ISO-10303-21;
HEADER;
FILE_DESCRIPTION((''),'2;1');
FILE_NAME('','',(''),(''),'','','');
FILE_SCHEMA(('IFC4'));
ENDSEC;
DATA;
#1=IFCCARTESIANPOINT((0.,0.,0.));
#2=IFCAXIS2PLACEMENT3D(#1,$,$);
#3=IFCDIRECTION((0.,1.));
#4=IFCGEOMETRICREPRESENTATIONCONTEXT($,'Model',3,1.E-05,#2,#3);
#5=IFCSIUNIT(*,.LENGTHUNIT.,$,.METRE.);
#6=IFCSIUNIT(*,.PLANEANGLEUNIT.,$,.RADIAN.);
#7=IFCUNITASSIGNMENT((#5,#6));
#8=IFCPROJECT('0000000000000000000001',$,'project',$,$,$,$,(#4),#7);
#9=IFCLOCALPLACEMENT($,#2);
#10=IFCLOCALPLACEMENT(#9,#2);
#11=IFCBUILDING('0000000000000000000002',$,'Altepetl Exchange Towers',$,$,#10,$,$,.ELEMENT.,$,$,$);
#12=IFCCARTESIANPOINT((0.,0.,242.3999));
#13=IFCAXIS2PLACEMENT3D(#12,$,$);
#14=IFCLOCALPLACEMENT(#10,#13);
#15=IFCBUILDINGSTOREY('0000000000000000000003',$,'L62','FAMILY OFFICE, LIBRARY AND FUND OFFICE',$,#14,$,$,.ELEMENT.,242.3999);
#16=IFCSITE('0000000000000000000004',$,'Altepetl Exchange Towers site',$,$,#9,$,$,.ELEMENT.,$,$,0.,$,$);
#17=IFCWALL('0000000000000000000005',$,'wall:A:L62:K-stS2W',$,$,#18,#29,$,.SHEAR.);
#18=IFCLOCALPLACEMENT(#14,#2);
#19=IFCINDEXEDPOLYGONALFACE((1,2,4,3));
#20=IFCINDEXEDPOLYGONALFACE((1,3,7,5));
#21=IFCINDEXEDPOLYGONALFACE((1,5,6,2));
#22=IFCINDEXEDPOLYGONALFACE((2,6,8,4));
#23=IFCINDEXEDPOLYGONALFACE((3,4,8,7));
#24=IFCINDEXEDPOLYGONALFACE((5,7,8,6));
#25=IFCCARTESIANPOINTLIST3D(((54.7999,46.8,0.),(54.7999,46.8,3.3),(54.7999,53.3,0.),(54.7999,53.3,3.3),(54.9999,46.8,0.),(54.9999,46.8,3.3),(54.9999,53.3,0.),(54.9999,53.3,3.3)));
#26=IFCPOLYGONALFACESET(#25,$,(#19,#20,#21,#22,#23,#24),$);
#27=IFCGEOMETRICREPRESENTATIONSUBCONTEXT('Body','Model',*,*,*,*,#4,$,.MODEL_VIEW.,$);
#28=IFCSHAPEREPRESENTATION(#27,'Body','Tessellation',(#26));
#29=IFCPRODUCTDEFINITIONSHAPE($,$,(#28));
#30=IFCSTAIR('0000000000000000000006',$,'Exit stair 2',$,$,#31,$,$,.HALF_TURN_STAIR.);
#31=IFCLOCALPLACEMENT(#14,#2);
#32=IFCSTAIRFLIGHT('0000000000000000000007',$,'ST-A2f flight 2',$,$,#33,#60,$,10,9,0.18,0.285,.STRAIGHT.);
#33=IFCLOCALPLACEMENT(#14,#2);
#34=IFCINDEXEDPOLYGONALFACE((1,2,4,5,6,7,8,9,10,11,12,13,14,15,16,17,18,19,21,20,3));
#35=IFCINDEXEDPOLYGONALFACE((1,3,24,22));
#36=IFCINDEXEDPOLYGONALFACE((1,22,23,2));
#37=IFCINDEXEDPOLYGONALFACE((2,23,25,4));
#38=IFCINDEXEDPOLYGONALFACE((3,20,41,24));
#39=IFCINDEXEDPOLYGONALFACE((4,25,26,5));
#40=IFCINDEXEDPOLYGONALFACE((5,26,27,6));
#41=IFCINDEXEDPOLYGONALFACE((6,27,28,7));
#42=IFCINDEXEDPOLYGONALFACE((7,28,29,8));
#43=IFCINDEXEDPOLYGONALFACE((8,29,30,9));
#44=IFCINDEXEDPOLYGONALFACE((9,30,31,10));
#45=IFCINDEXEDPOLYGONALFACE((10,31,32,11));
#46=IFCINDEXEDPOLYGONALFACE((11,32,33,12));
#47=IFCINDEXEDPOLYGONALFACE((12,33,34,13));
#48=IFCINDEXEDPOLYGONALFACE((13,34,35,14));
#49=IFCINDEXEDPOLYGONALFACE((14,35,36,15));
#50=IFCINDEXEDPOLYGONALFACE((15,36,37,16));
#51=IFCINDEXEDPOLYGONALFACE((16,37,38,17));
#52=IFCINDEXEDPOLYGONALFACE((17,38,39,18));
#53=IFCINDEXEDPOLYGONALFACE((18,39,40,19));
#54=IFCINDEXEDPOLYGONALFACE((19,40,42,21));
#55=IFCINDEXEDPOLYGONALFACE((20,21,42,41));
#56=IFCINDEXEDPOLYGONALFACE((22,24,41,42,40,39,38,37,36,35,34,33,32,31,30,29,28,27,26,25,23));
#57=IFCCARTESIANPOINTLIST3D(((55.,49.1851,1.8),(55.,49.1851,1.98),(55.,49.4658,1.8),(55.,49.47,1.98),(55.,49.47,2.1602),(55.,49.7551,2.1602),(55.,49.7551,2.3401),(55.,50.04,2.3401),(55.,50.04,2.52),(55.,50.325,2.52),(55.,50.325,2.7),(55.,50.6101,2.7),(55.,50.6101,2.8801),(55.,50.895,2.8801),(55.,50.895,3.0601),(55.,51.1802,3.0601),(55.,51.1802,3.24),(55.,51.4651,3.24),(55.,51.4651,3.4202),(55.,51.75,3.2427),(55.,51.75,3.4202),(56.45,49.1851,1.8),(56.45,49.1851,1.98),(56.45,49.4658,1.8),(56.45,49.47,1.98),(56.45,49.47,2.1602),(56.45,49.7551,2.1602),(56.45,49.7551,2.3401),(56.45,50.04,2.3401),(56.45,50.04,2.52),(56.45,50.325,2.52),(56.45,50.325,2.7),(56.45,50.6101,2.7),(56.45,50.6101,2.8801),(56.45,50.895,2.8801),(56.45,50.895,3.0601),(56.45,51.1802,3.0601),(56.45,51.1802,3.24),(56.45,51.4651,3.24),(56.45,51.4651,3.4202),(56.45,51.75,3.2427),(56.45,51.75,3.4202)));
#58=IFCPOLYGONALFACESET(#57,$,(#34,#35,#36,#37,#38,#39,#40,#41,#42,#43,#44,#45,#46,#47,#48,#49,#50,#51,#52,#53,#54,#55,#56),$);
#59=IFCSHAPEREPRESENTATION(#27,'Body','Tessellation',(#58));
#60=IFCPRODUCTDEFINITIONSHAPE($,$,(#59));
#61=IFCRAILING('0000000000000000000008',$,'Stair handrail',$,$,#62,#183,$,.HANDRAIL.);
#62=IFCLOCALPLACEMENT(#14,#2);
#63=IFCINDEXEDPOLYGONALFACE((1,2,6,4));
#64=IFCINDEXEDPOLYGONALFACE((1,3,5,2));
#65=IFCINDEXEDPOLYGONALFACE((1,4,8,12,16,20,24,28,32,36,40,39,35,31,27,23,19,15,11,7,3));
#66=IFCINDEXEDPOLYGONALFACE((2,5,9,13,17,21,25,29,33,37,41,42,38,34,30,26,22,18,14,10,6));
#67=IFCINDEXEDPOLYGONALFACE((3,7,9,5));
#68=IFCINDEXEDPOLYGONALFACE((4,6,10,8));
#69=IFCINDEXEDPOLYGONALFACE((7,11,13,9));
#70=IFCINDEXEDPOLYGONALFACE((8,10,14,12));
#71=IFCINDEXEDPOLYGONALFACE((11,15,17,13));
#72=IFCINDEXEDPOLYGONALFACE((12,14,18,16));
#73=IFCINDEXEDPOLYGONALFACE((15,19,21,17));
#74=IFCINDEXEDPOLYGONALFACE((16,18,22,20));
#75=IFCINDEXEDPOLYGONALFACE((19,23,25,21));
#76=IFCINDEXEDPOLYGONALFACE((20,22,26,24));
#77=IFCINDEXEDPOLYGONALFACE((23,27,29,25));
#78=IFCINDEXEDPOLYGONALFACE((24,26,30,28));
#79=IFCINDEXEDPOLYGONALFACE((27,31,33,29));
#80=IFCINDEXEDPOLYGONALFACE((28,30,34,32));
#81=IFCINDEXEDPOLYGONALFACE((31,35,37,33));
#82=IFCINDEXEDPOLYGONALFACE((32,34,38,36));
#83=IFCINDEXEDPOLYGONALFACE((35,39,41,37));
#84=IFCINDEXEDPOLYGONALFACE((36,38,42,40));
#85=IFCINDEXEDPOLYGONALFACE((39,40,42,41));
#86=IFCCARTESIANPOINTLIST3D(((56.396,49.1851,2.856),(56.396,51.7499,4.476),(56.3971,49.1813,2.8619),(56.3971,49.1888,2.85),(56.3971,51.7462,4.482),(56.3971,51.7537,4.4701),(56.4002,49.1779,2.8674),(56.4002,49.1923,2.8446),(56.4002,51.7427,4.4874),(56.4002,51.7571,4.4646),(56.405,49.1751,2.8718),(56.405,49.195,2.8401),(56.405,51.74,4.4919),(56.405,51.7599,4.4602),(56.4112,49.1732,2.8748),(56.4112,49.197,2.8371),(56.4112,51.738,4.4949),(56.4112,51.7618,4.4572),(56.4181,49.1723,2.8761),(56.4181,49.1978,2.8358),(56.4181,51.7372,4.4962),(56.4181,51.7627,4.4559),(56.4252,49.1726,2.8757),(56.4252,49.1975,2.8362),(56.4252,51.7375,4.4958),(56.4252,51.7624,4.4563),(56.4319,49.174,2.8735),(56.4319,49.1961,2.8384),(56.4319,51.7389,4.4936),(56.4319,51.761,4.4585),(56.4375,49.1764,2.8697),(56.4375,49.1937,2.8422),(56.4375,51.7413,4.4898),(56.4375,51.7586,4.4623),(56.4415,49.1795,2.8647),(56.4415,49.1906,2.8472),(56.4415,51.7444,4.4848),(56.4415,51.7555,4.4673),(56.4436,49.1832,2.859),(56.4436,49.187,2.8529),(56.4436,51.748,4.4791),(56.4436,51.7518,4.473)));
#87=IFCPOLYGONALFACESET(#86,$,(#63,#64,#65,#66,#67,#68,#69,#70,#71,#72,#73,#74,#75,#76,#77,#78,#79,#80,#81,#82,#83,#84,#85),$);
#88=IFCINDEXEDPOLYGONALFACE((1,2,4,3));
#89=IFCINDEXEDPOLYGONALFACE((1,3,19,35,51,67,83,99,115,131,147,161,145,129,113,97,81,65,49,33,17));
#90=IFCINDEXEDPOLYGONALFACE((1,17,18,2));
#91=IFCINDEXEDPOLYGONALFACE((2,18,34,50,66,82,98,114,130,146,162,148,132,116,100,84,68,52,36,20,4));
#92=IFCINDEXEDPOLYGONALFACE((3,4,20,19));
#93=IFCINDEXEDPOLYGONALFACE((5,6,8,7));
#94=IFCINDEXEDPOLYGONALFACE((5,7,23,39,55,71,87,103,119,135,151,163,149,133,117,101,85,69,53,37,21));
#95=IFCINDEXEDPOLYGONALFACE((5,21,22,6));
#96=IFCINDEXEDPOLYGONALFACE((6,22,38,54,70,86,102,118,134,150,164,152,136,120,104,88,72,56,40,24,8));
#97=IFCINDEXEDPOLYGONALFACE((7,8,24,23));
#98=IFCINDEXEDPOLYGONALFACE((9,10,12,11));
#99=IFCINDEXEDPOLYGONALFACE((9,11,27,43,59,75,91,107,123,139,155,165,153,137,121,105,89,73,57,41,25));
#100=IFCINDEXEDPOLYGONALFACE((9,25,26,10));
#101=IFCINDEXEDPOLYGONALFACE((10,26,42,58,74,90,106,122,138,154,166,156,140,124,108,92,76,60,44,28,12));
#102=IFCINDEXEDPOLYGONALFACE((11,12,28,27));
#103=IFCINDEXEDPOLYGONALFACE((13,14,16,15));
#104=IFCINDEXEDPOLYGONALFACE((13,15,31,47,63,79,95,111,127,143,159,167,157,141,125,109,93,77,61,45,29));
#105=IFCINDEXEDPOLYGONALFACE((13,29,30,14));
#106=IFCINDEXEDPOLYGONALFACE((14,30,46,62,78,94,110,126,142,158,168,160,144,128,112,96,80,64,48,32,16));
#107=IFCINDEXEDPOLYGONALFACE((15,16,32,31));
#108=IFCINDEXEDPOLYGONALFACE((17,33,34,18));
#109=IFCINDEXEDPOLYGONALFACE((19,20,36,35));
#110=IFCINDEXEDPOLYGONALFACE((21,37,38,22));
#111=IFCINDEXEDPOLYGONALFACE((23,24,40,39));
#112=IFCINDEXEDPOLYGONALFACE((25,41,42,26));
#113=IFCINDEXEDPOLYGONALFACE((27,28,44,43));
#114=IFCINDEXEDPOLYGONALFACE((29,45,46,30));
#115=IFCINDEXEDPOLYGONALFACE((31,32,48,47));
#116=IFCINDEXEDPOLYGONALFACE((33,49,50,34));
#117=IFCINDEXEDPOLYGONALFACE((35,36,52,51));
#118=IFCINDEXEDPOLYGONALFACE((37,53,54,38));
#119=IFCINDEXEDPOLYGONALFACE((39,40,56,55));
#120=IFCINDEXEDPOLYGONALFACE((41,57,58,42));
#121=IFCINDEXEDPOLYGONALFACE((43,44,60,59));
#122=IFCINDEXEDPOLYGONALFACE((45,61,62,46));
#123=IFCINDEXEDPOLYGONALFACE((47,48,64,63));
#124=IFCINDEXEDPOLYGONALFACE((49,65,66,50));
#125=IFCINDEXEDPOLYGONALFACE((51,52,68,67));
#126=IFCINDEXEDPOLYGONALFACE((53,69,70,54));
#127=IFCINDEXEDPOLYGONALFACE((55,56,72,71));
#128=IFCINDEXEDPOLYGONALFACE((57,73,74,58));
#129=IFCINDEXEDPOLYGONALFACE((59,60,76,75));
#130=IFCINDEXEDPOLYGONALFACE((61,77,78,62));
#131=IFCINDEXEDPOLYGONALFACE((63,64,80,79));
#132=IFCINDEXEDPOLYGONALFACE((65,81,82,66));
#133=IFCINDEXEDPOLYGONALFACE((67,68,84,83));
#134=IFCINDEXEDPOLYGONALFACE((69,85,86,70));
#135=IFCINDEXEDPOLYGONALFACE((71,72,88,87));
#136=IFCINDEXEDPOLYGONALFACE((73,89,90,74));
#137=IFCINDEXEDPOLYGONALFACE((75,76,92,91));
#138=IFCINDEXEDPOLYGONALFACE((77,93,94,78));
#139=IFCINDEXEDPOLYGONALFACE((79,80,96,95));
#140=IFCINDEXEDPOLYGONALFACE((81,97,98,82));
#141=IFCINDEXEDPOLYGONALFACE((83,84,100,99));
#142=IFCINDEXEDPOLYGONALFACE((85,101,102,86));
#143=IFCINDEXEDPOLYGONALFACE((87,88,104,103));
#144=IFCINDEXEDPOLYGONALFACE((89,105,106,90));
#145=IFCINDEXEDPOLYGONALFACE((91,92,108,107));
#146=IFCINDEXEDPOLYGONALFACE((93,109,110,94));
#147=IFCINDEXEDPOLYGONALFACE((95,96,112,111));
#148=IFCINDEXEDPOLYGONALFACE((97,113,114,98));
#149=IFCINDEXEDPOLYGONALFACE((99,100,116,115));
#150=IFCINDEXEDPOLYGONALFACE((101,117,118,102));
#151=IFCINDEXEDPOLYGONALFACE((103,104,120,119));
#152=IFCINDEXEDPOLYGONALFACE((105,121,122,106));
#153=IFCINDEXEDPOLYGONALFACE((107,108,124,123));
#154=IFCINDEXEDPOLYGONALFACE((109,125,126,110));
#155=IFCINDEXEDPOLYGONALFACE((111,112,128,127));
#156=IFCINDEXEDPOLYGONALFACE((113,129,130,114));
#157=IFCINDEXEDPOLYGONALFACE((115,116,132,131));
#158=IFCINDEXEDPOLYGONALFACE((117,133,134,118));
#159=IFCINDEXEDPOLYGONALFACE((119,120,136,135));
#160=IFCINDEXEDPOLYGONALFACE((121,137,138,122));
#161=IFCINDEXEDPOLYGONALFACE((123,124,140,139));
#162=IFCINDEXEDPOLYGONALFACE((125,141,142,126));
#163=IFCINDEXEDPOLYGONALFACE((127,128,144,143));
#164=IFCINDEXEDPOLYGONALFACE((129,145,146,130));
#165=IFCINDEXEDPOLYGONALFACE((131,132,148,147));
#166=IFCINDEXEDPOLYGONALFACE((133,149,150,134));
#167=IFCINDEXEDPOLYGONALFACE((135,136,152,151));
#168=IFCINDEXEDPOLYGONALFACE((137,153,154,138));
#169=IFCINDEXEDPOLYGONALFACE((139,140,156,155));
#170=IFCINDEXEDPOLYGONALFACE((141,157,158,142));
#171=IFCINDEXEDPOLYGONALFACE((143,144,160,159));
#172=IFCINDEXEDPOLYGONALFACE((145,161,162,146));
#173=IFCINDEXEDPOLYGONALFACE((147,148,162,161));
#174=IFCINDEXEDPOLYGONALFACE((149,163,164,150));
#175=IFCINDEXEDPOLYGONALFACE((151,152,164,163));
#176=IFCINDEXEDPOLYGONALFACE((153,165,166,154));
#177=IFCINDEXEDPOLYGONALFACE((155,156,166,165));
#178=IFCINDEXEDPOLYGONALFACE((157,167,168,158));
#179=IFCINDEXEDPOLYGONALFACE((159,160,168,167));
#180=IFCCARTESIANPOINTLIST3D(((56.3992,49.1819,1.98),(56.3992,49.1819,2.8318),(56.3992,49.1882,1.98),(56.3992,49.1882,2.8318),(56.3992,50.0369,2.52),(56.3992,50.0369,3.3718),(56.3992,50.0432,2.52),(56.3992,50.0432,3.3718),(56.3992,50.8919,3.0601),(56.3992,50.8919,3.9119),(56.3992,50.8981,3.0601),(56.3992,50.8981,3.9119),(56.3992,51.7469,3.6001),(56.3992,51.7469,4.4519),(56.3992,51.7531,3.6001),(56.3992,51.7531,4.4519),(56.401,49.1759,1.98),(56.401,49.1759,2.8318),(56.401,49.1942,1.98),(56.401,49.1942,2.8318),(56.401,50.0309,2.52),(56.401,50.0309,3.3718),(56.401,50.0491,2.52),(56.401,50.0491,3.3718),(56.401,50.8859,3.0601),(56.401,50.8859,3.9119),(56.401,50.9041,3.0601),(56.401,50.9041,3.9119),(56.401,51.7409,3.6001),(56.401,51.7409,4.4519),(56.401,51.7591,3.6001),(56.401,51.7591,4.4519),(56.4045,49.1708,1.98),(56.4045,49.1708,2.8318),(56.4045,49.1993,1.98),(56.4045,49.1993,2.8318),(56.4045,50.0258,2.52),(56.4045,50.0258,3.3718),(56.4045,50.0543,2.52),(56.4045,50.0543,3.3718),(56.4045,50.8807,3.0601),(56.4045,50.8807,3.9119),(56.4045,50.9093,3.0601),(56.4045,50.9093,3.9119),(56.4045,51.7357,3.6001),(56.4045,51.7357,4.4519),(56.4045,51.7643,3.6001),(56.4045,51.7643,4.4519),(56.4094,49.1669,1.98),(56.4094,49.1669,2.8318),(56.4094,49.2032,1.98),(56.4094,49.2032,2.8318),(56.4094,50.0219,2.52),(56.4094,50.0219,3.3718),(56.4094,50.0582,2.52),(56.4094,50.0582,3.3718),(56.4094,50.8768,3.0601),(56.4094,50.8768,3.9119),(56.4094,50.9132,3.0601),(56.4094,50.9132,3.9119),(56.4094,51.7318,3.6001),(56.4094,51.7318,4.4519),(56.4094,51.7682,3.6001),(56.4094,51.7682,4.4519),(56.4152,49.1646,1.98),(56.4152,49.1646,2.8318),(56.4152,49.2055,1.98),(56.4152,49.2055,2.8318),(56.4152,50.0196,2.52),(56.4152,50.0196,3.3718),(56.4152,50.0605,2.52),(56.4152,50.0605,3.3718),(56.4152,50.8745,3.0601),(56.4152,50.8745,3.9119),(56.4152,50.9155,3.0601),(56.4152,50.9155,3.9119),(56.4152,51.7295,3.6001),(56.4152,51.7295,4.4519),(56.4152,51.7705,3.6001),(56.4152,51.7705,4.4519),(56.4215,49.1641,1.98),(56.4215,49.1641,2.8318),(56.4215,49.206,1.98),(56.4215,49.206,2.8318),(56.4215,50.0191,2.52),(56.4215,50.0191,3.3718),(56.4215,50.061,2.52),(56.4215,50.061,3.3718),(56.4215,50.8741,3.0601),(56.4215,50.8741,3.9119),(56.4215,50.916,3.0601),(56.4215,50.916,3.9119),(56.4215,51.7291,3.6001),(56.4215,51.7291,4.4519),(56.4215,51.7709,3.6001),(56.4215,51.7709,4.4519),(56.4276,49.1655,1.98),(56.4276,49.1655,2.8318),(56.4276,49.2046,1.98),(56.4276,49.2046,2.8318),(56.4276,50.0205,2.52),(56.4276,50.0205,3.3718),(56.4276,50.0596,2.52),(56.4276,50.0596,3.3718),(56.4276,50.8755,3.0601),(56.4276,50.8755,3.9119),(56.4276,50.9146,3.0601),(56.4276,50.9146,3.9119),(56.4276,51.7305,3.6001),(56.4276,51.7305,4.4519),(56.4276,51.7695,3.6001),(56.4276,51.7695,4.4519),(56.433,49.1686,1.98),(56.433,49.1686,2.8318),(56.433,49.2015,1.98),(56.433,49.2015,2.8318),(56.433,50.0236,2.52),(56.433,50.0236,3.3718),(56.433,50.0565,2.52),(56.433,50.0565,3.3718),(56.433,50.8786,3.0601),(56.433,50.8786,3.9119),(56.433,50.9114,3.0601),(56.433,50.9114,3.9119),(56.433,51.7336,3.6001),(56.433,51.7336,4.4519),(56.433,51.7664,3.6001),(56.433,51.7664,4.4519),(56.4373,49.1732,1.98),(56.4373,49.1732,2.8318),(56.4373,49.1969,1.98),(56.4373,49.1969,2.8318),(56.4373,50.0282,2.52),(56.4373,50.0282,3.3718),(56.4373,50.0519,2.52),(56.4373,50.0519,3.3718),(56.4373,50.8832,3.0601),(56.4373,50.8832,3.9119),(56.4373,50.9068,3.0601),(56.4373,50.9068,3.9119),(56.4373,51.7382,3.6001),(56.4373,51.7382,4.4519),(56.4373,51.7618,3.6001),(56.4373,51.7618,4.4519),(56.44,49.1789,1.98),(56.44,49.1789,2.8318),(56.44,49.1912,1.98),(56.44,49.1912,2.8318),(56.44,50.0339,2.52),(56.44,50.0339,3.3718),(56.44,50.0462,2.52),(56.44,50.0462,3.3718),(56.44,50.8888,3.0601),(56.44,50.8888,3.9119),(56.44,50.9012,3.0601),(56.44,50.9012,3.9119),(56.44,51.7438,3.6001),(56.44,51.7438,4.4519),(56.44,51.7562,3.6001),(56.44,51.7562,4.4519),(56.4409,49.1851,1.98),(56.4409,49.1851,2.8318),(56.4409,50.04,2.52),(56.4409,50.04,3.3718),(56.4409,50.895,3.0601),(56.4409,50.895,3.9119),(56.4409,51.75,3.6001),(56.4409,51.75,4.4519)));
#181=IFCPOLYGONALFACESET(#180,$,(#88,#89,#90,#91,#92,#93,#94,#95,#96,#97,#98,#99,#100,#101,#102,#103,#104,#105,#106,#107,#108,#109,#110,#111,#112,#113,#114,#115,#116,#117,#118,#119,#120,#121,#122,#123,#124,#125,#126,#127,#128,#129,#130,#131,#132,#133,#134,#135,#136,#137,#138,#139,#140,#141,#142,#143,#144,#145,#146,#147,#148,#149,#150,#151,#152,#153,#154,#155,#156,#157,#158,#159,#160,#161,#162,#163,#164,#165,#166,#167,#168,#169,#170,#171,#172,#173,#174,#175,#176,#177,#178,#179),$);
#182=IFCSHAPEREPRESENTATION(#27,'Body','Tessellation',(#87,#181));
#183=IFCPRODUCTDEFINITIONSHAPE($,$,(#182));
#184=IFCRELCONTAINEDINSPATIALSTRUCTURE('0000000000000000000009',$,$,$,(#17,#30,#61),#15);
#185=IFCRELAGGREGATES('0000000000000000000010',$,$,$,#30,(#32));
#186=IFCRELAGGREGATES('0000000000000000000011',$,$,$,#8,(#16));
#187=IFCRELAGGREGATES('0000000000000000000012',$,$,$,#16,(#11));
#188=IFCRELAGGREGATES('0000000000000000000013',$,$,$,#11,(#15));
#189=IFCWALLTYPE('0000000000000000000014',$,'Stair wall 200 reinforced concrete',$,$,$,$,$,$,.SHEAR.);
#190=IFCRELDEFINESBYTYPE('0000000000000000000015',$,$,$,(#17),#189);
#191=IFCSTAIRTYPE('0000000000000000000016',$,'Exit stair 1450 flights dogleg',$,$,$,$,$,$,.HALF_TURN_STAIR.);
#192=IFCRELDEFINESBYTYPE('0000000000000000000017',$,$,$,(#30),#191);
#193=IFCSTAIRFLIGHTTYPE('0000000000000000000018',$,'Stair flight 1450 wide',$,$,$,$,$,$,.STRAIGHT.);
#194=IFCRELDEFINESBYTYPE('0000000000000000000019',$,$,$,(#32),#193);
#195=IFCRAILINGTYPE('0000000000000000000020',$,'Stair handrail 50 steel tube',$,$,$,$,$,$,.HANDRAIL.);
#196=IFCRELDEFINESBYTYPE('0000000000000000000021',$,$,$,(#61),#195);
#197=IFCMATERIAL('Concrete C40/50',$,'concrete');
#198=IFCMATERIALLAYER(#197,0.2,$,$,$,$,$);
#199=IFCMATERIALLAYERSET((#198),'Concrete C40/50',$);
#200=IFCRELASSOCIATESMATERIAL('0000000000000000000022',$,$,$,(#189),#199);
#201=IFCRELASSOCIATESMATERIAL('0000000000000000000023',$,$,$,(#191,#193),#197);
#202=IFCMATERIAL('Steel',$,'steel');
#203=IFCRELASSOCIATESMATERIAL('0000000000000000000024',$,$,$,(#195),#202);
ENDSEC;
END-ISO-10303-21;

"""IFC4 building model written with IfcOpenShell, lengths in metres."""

from ifc_helpers import new_model, si_unit, direction, frame, frame_2d, origin, origin_2d, place, context, subcontext, project, spatial, polyline, rectangle, circle, outline, extrude, source, transform, mapped, material, layer, layer_set, type_object, element, aggregate, save


model = new_model("IFC4")

# Units and contexts
model_context = context("Model", 3, precision=1e-05, world=origin(), true_north=direction((0.0, 1.0)))
body_context = subcontext(model_context, "Body", "Model", "MODEL_VIEW")
ifc_project = project(units=[si_unit("LENGTHUNIT", "METRE"), si_unit("PLANEANGLEUNIT", "RADIAN")], contexts=[model_context])

# Site, building, storey
site_placement = place(None, origin())
site = spatial("IfcSite", under=ifc_project, at=site_placement, Name="Altepetl Exchange Towers site", CompositionType="ELEMENT", RefElevation=0.0)
building_placement = place(site_placement, origin())
building = spatial("IfcBuilding", under=site, at=building_placement, Name="Altepetl Exchange Towers", CompositionType="ELEMENT")
storey_placement = place(building_placement, frame((0.0, 0.0, 242.3999)))
storey = spatial("IfcBuildingStorey", under=building, at=storey_placement, Name="L62", Description="FAMILY OFFICE, LIBRARY AND FUND OFFICE", CompositionType="ELEMENT", Elevation=242.3999)

# Wall
ifc_material_1 = material(Name="Concrete C40/50", Category="concrete")
ifc_layer_1 = layer(ifc_material_1, 0.2)
ifc_layer_set_1 = layer_set([ifc_layer_1], Name="Concrete C40/50")
wall_type_1 = type_object("IfcWallType", Name="Stair wall 200 reinforced concrete", PredefinedType="SHEAR", material=ifc_layer_set_1)
wall_1_placement = place(storey_placement, frame((54.8999, 46.8, 0.0), z_axis=(0.0, 0.0, 1.0), x_axis=(0.0, 1.0, 0.0)))
element("IfcWall", 1, at=wall_1_placement, inside=storey, type_object=wall_type_1, Name="wall:A:L62:K-stS2W", PredefinedType="SHEAR", context=body_context, shape_type="SweptSolid", body=[
    extrude(rectangle(XDim=6.5, YDim=0.2, at=frame_2d((3.25, 0.0))), origin(), (0.0, 0.0, 1.0), 3.3),
])

# Stair, stair flight
stair_type = type_object("IfcStairType", Name="Exit stair 1450 flights dogleg", PredefinedType="HALF_TURN_STAIR", material=ifc_material_1)
stair_placement = place(storey_placement, origin())
stair = element("IfcStair", 2, at=stair_placement, inside=storey, type_object=stair_type, Name="Exit stair 2", PredefinedType="HALF_TURN_STAIR")
stair_flight_type = type_object("IfcStairFlightType", Name="Stair flight 1450 wide", PredefinedType="STRAIGHT", material=ifc_material_1)
stair_flight_placement = place(storey_placement, frame((55.7251, 49.1851, 1.8), z_axis=(0.0, 0.0, 1.0), x_axis=(0.0, 1.0, 0.0)))
stair_flight = element("IfcStairFlight", 3, at=stair_flight_placement, type_object=stair_flight_type, Name="ST-A2f flight 2", NumberOfRisers=10, NumberOfTreads=9, PredefinedType="STRAIGHT", RiserHeight=0.18, TreadLength=0.285, context=body_context, shape_type="SweptSolid", body=[
    extrude(outline(polyline([(0.0, 0.0), (0.0, 0.1799), (0.2849, 0.1799), (0.2849, 0.3601), (0.5701, 0.3601), (0.5701, 0.54), (0.855, 0.54), (0.855, 0.72), (1.1399, 0.72), (1.1399, 0.8999), (1.425, 0.8999), (1.425, 1.0801), (1.71, 1.0801), (1.71, 1.26), (1.9951, 1.26), (1.9951, 1.4399), (2.28, 1.4399), (2.28, 1.6201), (2.5649, 1.6201), (2.5649, 1.8), (2.5649, 1.4426), (0.2808, 0.0), (0.0, 0.0)])), frame((0.0, 0.7251, 0.0), z_axis=(0.0, -1.0, 0.0), x_axis=(1.0, 0.0, 0.0)), (0.0, 0.0, 1.0), 1.45),
])
aggregate(stair, [stair_flight])

# Railing
ifc_material_2 = material(Name="Steel", Category="steel")
railing_type = type_object("IfcRailingType", Name="Stair handrail 50 steel tube", PredefinedType="HANDRAIL", material=ifc_material_2)
shared_shape = source(origin(), body_context, "Body", "SweptSolid", [
    extrude(circle(Radius=0.021, at=origin_2d()), origin(), (0.0, 0.0, 1.0), 0.8518),
])
railing_placement = place(storey_placement, frame((56.4199, 49.1851, 1.98)))
element("IfcRailing", 4, at=railing_placement, inside=storey, type_object=railing_type, Name="Stair handrail", PredefinedType="HANDRAIL", context=body_context, shape_type="SweptSolid", body=[
    extrude(circle(Radius=0.0239, at=origin_2d()), frame((0.0, 0.0, 0.876), z_axis=(0.0, 0.845466, 0.534029), x_axis=(-1.0, 0.0, 0.0)), (0.0, 0.0, 1.0), 3.0337),
    mapped(shared_shape, transform((0.0, 0.0, 0.0))),
    mapped(shared_shape, transform((0.0, 0.855, 0.54))),
    mapped(shared_shape, transform((0.0, 1.71, 1.0801))),
    mapped(shared_shape, transform((0.0, 2.5649, 1.6201))),
])

save(model, "model.ifc")
